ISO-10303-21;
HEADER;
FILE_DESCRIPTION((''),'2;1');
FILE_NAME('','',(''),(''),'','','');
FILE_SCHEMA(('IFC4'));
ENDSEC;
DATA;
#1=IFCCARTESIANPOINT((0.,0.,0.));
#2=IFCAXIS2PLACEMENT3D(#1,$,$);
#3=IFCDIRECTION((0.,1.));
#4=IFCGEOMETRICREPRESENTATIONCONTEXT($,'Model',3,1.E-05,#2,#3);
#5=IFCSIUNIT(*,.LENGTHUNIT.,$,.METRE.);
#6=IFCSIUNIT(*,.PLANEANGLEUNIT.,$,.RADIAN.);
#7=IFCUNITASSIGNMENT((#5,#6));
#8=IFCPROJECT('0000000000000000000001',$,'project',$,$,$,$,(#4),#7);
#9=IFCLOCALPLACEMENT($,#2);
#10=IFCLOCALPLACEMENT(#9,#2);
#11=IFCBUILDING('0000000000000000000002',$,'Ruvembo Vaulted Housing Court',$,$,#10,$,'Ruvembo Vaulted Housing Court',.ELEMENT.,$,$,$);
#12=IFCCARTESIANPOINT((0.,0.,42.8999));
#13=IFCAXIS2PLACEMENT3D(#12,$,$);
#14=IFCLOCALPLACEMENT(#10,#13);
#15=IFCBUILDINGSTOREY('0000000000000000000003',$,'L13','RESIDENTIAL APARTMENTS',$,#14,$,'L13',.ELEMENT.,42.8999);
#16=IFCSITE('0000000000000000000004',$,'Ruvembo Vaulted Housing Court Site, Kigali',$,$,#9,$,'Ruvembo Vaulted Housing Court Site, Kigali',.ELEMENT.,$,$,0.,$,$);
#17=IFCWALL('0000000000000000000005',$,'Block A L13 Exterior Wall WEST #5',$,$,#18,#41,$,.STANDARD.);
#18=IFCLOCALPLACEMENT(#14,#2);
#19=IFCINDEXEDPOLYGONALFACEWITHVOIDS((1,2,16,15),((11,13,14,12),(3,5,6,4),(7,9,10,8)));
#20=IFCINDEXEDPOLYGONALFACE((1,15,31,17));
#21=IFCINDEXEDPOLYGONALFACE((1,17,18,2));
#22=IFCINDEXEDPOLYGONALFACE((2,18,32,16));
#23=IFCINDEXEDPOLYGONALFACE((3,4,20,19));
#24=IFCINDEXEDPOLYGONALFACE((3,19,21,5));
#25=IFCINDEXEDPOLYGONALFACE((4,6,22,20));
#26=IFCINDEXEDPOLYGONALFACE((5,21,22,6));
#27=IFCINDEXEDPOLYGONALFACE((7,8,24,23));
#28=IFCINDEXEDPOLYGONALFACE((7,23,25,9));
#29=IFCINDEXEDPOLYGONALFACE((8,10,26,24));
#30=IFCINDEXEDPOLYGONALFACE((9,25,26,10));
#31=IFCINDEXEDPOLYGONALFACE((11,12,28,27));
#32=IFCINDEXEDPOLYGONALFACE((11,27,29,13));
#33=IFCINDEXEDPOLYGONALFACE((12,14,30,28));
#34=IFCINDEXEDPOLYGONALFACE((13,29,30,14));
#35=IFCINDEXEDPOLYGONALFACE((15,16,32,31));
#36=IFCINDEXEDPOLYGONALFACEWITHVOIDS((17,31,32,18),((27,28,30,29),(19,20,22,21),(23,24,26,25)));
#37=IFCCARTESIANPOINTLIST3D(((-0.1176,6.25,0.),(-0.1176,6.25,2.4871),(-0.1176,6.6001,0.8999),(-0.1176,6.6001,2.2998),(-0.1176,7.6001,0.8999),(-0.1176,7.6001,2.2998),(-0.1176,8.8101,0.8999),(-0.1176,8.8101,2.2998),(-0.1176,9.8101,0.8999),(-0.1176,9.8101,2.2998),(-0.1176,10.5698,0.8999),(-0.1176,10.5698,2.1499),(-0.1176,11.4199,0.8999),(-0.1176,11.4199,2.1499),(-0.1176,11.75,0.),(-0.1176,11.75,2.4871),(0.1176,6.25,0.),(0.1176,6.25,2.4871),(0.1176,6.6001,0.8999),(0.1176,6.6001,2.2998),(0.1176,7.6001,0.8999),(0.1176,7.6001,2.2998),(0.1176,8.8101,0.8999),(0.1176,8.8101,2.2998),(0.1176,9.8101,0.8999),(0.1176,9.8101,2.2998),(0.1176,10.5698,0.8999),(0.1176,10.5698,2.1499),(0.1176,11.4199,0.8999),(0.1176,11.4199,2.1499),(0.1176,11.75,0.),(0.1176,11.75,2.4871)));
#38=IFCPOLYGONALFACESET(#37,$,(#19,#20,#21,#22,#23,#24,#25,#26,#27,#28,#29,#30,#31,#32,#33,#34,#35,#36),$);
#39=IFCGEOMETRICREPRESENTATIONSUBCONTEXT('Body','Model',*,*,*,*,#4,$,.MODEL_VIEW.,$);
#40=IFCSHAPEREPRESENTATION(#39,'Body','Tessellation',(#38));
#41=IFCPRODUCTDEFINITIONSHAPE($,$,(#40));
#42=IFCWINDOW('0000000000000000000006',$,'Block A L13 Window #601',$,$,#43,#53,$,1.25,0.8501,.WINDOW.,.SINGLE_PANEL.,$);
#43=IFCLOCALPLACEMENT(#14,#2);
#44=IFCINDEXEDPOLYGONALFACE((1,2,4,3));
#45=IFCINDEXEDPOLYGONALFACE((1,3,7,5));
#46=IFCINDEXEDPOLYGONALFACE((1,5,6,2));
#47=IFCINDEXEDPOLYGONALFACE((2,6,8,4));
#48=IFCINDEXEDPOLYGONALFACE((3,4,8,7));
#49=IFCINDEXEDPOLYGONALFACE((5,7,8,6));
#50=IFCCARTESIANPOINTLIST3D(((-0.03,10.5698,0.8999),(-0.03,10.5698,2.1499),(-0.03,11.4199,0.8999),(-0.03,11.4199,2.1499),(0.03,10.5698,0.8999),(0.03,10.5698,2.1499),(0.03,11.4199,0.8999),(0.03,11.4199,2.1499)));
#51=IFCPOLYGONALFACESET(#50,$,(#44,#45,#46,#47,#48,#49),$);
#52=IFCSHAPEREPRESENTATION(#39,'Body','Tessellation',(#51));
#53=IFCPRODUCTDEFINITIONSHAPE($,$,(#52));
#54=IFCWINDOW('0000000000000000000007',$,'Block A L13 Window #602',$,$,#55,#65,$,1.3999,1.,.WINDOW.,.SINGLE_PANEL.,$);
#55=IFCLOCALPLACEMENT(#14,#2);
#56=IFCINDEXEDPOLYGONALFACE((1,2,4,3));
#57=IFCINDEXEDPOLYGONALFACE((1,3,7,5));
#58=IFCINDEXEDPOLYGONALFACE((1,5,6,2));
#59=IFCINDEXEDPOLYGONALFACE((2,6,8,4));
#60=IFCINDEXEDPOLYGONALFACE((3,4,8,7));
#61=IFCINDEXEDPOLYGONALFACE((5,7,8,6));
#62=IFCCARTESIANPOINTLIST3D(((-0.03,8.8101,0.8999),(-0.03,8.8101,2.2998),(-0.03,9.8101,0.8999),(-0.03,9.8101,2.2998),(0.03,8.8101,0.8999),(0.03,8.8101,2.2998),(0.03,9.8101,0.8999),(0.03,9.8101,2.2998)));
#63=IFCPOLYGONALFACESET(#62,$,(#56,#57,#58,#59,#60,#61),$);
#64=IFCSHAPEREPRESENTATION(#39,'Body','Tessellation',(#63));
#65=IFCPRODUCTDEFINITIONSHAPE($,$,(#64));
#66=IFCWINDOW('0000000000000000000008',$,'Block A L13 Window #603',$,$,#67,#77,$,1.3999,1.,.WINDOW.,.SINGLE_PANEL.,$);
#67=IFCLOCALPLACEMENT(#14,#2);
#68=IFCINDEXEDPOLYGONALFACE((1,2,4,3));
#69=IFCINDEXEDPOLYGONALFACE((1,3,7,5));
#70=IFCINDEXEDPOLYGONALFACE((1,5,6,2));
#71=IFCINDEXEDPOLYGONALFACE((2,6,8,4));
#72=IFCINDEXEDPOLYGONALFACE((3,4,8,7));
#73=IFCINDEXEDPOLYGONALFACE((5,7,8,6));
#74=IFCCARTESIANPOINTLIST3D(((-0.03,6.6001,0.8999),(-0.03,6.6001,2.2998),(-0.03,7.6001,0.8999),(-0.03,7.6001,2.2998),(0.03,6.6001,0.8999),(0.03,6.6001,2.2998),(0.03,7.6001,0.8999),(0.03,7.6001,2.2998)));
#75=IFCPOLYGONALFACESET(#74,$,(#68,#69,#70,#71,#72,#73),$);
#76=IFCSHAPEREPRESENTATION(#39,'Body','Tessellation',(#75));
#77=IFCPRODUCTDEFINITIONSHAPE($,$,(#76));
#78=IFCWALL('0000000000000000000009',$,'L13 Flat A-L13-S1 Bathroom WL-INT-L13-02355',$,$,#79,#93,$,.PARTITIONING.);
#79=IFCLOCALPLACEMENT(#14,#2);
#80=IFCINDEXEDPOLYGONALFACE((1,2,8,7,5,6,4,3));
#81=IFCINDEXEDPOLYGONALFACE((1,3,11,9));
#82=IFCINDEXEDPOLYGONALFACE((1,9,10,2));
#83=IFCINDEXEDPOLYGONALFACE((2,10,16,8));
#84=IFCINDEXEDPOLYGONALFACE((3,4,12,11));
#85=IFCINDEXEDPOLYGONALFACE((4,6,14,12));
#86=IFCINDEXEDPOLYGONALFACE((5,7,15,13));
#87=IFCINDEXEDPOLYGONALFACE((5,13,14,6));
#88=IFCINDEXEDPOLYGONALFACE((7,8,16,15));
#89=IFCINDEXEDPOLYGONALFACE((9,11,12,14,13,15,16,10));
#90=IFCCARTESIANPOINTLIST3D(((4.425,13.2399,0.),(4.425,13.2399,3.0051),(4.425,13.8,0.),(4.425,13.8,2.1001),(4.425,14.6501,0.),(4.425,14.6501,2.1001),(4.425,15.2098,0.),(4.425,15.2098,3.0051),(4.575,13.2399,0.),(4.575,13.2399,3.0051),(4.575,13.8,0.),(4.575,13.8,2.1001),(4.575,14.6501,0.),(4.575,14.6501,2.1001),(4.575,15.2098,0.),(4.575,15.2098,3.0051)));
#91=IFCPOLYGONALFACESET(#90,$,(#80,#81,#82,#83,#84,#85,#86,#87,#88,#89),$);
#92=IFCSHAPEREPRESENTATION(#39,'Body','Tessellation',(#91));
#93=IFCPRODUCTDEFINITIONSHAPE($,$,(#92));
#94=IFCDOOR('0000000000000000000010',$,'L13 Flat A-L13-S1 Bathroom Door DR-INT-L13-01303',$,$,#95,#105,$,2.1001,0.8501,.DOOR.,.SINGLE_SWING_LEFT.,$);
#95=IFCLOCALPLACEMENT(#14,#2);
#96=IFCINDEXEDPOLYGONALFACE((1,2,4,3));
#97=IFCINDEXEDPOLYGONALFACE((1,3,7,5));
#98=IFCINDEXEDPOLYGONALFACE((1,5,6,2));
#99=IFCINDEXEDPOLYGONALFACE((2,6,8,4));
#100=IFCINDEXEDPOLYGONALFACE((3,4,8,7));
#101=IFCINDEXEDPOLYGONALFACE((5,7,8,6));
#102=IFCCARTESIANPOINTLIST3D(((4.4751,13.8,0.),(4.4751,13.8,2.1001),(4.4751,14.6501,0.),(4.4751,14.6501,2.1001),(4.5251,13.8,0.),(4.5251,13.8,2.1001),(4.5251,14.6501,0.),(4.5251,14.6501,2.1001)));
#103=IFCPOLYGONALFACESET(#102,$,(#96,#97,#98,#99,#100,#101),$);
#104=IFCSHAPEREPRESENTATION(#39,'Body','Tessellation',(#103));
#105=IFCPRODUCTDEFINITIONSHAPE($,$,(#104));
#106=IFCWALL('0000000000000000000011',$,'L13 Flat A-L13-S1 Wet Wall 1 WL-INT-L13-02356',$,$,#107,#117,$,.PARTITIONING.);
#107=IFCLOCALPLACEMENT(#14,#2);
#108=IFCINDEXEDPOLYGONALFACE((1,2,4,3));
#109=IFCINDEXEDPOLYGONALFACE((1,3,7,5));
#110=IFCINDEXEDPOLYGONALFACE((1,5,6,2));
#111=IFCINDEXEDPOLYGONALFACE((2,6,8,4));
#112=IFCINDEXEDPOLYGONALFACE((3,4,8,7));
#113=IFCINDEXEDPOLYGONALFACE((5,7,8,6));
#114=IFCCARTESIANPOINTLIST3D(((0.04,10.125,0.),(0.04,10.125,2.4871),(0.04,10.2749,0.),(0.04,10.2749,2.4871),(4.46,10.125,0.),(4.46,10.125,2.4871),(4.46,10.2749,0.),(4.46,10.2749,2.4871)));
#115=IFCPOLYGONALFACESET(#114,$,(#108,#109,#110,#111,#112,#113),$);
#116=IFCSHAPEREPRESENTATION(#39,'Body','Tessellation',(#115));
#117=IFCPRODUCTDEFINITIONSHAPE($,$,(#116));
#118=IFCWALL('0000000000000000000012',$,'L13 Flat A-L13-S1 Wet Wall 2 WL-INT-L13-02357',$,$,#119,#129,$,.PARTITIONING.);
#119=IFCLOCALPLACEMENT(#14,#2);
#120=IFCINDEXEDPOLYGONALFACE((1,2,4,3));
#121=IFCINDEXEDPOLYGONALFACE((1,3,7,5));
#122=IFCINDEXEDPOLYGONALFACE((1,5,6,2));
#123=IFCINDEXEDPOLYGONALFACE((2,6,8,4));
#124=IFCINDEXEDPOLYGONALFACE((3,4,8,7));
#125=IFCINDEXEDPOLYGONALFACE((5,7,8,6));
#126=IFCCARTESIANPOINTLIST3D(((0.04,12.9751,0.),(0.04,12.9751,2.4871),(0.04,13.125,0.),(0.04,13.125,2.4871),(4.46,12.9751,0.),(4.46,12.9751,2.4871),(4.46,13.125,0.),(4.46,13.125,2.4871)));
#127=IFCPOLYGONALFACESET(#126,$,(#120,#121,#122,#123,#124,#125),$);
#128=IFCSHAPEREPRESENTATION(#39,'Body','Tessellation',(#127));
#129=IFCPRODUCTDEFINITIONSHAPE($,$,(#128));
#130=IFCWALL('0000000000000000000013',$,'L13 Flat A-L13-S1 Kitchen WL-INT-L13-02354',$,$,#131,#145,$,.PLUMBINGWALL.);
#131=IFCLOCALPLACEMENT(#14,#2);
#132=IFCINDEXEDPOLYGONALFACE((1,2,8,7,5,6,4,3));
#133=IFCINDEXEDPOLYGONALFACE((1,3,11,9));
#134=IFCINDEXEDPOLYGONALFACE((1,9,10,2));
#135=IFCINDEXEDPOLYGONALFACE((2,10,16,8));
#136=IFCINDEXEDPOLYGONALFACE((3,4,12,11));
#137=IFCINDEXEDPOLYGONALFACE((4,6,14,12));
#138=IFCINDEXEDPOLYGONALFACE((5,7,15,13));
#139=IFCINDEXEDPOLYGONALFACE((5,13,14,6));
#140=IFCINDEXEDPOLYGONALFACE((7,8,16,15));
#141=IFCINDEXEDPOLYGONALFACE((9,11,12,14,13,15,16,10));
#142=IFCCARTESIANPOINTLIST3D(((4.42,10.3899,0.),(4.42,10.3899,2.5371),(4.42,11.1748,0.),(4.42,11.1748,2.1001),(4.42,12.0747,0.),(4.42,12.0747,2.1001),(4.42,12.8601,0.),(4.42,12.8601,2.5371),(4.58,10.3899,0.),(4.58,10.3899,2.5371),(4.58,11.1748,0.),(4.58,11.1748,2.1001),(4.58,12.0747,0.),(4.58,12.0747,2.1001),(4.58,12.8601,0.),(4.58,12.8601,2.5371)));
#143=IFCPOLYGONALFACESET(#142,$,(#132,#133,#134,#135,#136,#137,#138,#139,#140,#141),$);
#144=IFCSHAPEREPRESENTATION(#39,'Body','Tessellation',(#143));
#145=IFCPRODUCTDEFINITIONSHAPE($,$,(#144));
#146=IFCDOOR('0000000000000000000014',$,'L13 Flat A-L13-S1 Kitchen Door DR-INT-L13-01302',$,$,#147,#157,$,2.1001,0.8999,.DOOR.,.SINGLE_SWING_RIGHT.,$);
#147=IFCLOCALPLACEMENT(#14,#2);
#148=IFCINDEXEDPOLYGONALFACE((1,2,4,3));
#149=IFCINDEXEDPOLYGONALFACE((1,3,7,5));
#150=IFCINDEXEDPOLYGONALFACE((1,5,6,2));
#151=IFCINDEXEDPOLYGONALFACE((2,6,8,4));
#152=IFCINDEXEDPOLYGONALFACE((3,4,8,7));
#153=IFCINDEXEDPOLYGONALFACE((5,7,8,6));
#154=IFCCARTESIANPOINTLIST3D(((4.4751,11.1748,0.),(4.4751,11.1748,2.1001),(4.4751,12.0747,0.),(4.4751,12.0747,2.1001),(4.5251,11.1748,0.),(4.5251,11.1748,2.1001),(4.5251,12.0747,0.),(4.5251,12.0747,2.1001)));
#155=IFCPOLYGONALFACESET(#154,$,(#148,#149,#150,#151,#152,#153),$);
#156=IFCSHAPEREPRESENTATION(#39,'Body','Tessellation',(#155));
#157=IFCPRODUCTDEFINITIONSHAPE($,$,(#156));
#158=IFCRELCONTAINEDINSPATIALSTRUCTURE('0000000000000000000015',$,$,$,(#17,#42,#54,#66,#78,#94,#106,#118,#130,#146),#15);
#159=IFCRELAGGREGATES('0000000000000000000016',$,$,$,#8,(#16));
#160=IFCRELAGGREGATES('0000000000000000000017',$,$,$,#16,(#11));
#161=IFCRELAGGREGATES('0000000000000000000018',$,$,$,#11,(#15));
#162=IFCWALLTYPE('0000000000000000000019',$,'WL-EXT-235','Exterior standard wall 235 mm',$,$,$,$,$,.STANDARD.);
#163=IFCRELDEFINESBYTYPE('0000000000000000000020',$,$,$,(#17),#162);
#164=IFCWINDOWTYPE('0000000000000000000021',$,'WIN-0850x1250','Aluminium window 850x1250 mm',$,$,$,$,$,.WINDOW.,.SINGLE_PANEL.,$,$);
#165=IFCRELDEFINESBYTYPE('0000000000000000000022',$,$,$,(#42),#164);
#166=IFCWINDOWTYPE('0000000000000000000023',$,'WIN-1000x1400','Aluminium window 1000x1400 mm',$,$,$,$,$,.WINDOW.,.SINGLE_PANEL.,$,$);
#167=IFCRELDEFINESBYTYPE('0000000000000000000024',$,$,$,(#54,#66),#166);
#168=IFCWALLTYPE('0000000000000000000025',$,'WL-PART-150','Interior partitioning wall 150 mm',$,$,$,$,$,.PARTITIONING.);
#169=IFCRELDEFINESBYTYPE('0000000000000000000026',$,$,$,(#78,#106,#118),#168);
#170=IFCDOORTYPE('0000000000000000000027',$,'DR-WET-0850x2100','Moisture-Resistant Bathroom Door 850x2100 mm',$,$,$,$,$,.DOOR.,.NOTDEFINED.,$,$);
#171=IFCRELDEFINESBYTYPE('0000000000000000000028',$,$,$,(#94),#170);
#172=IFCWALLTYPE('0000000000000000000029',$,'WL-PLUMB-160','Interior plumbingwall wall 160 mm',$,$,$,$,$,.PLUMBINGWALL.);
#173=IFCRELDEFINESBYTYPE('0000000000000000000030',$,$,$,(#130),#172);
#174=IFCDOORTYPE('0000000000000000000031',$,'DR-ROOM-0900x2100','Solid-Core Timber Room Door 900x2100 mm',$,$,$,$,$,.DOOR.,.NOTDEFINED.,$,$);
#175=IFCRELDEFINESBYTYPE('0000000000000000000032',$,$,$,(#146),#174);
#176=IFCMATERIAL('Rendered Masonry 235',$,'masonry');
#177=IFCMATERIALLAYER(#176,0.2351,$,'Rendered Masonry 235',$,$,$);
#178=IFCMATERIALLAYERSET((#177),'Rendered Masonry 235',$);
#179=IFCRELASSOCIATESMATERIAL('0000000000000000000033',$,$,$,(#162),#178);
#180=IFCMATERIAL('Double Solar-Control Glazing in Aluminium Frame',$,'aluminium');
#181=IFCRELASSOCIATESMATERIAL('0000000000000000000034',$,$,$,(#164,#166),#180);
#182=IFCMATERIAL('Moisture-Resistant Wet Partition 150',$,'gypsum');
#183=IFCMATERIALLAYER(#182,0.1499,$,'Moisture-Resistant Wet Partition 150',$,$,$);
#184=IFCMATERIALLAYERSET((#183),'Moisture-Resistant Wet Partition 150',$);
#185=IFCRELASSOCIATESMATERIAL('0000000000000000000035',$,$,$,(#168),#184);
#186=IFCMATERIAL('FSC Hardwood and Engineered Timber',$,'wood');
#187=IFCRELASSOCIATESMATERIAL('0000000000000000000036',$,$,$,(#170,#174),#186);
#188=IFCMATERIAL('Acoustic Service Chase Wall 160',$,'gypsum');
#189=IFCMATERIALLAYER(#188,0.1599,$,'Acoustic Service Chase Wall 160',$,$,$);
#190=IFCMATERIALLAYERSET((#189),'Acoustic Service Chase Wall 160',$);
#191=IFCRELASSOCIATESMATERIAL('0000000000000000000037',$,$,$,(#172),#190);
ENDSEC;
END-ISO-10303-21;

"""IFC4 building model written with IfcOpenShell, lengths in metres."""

from ifc_helpers import new_model, si_unit, direction, frame, frame_2d, origin, place, context, subcontext, project, spatial, rectangle, extrude, material, layer, layer_set, type_object, element, fill, save


model = new_model("IFC4")

# Units and contexts
model_context = context("Model", 3, precision=1e-05, world=origin(), true_north=direction((0.0, 1.0)))
body_context = subcontext(model_context, "Body", "Model", "MODEL_VIEW")
ifc_project = project(units=[si_unit("LENGTHUNIT", "METRE"), si_unit("PLANEANGLEUNIT", "RADIAN")], contexts=[model_context])

# Site, building, storey
site_placement = place(None, origin())
site = spatial("IfcSite", under=ifc_project, at=site_placement, Name="Ruvembo Vaulted Housing Court Site, Kigali", LongName="Ruvembo Vaulted Housing Court Site, Kigali", CompositionType="ELEMENT", RefElevation=0.0)
building_placement = place(site_placement, origin())
building = spatial("IfcBuilding", under=site, at=building_placement, Name="Ruvembo Vaulted Housing Court", LongName="Ruvembo Vaulted Housing Court", CompositionType="ELEMENT")
storey_placement = place(building_placement, frame((0.0, 0.0, 42.8999)))
storey = spatial("IfcBuildingStorey", under=building, at=storey_placement, Name="L13", Description="RESIDENTIAL APARTMENTS", LongName="L13", CompositionType="ELEMENT", Elevation=42.8999)

# Shared definitions
ifc_material_1 = material(Name="FSC Hardwood and Engineered Timber", Category="wood")

# Wall, openings, windows
ifc_material_2 = material(Name="Rendered Masonry 235", Category="masonry")
ifc_layer_1 = layer(ifc_material_2, 0.2351, Name="Rendered Masonry 235")
ifc_layer_set_1 = layer_set([ifc_layer_1], Name="Rendered Masonry 235")
wall_type_1 = type_object("IfcWallType", Name="WL-EXT-235", Description="Exterior standard wall 235 mm", PredefinedType="STANDARD", material=ifc_layer_set_1)
ifc_material_3 = material(Name="Double Solar-Control Glazing in Aluminium Frame", Category="aluminium")
wall_1_placement = place(storey_placement, frame((0.0, 11.75, 0.0), z_axis=(0.0, 0.0, 1.0), x_axis=(0.0, -1.0, 0.0)))
wall_1 = element("IfcWall", 1, at=wall_1_placement, inside=storey, type_object=wall_type_1, Name="Block A L13 Exterior Wall WEST #5", PredefinedType="STANDARD", context=body_context, shape_type="SweptSolid", body=[
    extrude(rectangle(XDim=5.5, YDim=0.2351, at=frame_2d((2.75, 0.0))), origin(), (0.0, 0.0, 1.0), 2.4871),
])
opening_1_placement = place(wall_1_placement, frame((0.3301, 0.0, 0.8999)))
opening_1 = element("IfcOpeningElement", 2, at=opening_1_placement, cuts=wall_1, PredefinedType="OPENING", context=body_context, shape_type="SweptSolid", body=[
    extrude(rectangle(XDim=0.8501, YDim=1.25, at=frame_2d((0.425, 0.625))), frame((0.0, 0.1274, 0.0), z_axis=(0.0, -1.0, 0.0), x_axis=(1.0, 0.0, 0.0)), (0.0, 0.0, 1.0), 0.2551),
])
opening_2_placement = place(wall_1_placement, frame((1.9399, 0.0, 0.8999)))
opening_2 = element("IfcOpeningElement", 3, at=opening_2_placement, cuts=wall_1, PredefinedType="OPENING", context=body_context, shape_type="SweptSolid", body=[
    extrude(rectangle(XDim=1.0, YDim=1.3999, at=frame_2d((0.5, 0.7))), frame((0.0, 0.1274, 0.0), z_axis=(0.0, -1.0, 0.0), x_axis=(1.0, 0.0, 0.0)), (0.0, 0.0, 1.0), 0.2551),
])
opening_3_placement = place(wall_1_placement, frame((4.1499, 0.0, 0.8999)))
opening_3 = element("IfcOpeningElement", 4, at=opening_3_placement, cuts=wall_1, PredefinedType="OPENING", context=body_context, shape_type="SweptSolid", body=[
    extrude(rectangle(XDim=1.0, YDim=1.3999, at=frame_2d((0.5, 0.7))), frame((0.0, 0.1274, 0.0), z_axis=(0.0, -1.0, 0.0), x_axis=(1.0, 0.0, 0.0)), (0.0, 0.0, 1.0), 0.2551),
])
window_type_1 = type_object("IfcWindowType", Name="WIN-0850x1250", Description="Aluminium window 850x1250 mm", PartitioningType="SINGLE_PANEL", PredefinedType="WINDOW", material=ifc_material_3)
window_1_placement = place(opening_1_placement, origin())
window_1 = element("IfcWindow", 5, at=window_1_placement, inside=storey, type_object=window_type_1, Name="Block A L13 Window #601", OverallHeight=1.25, OverallWidth=0.8501, PartitioningType="SINGLE_PANEL", PredefinedType="WINDOW", context=body_context, shape_type="SweptSolid", body=[
    extrude(rectangle(XDim=0.8501, YDim=1.25, at=frame_2d((0.425, 0.625))), frame((0.0, 0.03, 0.0), z_axis=(0.0, -1.0, 0.0), x_axis=(1.0, 0.0, 0.0)), (0.0, 0.0, 1.0), 0.0601),
])
fill(opening_1, window_1)
window_type_2 = type_object("IfcWindowType", Name="WIN-1000x1400", Description="Aluminium window 1000x1400 mm", PartitioningType="SINGLE_PANEL", PredefinedType="WINDOW", material=ifc_material_3)
window_2_placement = place(opening_2_placement, origin())
window_2 = element("IfcWindow", 6, at=window_2_placement, inside=storey, type_object=window_type_2, Name="Block A L13 Window #602", OverallHeight=1.3999, OverallWidth=1.0, PartitioningType="SINGLE_PANEL", PredefinedType="WINDOW", context=body_context, shape_type="SweptSolid", body=[
    extrude(rectangle(XDim=1.0, YDim=1.3999, at=frame_2d((0.5, 0.7))), frame((0.0, 0.03, 0.0), z_axis=(0.0, -1.0, 0.0), x_axis=(1.0, 0.0, 0.0)), (0.0, 0.0, 1.0), 0.0601),
])
fill(opening_2, window_2)
window_3_placement = place(opening_3_placement, origin())
window_3 = element("IfcWindow", 7, at=window_3_placement, inside=storey, type_object=window_type_2, Name="Block A L13 Window #603", OverallHeight=1.3999, OverallWidth=1.0, PartitioningType="SINGLE_PANEL", PredefinedType="WINDOW", context=body_context, shape_type="SweptSolid", body=[
    extrude(rectangle(XDim=1.0, YDim=1.3999, at=frame_2d((0.5, 0.7))), frame((0.0, 0.03, 0.0), z_axis=(0.0, -1.0, 0.0), x_axis=(1.0, 0.0, 0.0)), (0.0, 0.0, 1.0), 0.0601),
])
fill(opening_3, window_3)

# Wall, opening, door
ifc_material_4 = material(Name="Moisture-Resistant Wet Partition 150", Category="gypsum")
ifc_layer_2 = layer(ifc_material_4, 0.1499, Name="Moisture-Resistant Wet Partition 150")
ifc_layer_set_2 = layer_set([ifc_layer_2], Name="Moisture-Resistant Wet Partition 150")
wall_type_2 = type_object("IfcWallType", Name="WL-PART-150", Description="Interior partitioning wall 150 mm", PredefinedType="PARTITIONING", material=ifc_layer_set_2)
wall_2_placement = place(storey_placement, frame((4.5, 13.24, 0.0), z_axis=(0.0, 0.0, 1.0), x_axis=(0.0, 1.0, 0.0)))
wall_2 = element("IfcWall", 8, at=wall_2_placement, inside=storey, type_object=wall_type_2, Name="L13 Flat A-L13-S1 Bathroom WL-INT-L13-02355", PredefinedType="PARTITIONING", context=body_context, shape_type="SweptSolid", body=[
    extrude(rectangle(XDim=1.97, YDim=0.1499, at=frame_2d((0.9849, 0.0))), origin(), (0.0, 0.0, 1.0), 3.0051),
])
opening_4_placement = place(wall_2_placement, frame((0.5601, 0.0, 0.0)))
opening_4 = element("IfcOpeningElement", 9, at=opening_4_placement, cuts=wall_2, PredefinedType="OPENING", context=body_context, shape_type="SweptSolid", body=[
    extrude(rectangle(XDim=0.8501, YDim=2.1001, at=frame_2d((0.425, 1.05))), frame((0.0, 0.085, 0.0), z_axis=(0.0, -1.0, 0.0), x_axis=(1.0, 0.0, 0.0)), (0.0, 0.0, 1.0), 0.1699),
])
door_type_1 = type_object("IfcDoorType", Name="DR-WET-0850x2100", Description="Moisture-Resistant Bathroom Door 850x2100 mm", OperationType="NOTDEFINED", PredefinedType="DOOR", material=ifc_material_1)
door_1_placement = place(opening_4_placement, origin())
door_1 = element("IfcDoor", 10, at=door_1_placement, inside=storey, type_object=door_type_1, Name="L13 Flat A-L13-S1 Bathroom Door DR-INT-L13-01303", OperationType="SINGLE_SWING_LEFT", OverallHeight=2.1001, OverallWidth=0.8501, PredefinedType="DOOR", context=body_context, shape_type="SweptSolid", body=[
    extrude(rectangle(XDim=0.8501, YDim=2.1001, at=frame_2d((0.425, 1.05))), frame((0.0, 0.0249, 0.0), z_axis=(0.0, -1.0, 0.0), x_axis=(1.0, 0.0, 0.0)), (0.0, 0.0, 1.0), 0.05),
])
fill(opening_4, door_1)

# Walls
for number, where, z_axis, x_axis, name in (
    (11, (0.04, 10.2, 0.0), (0.0, 0.0, 1.0), (1.0, 0.0, 0.0), "L13 Flat A-L13-S1 Wet Wall 1 WL-INT-L13-02356"),
    (12, (0.04, 13.05, 0.0), (0.0, 0.0, 1.0), (1.0, 0.0, 0.0), "L13 Flat A-L13-S1 Wet Wall 2 WL-INT-L13-02357"),
):
    element("IfcWall", number, at=place(storey_placement, frame(where, z_axis=z_axis, x_axis=x_axis)), inside=storey, type_object=wall_type_2, Name=name, PredefinedType="PARTITIONING", context=body_context, shape_type="SweptSolid", body=[
        extrude(rectangle(XDim=4.4199, YDim=0.1499, at=frame_2d((2.21, 0.0))), origin(), (0.0, 0.0, 1.0), 2.4871),
    ])

# Wall, opening, door
ifc_material_5 = material(Name="Acoustic Service Chase Wall 160", Category="gypsum")
ifc_layer_3 = layer(ifc_material_5, 0.1599, Name="Acoustic Service Chase Wall 160")
ifc_layer_set_3 = layer_set([ifc_layer_3], Name="Acoustic Service Chase Wall 160")
wall_type_3 = type_object("IfcWallType", Name="WL-PLUMB-160", Description="Interior plumbingwall wall 160 mm", PredefinedType="PLUMBINGWALL", material=ifc_layer_set_3)
wall_3_placement = place(storey_placement, frame((4.5, 10.3899, 0.0), z_axis=(0.0, 0.0, 1.0), x_axis=(0.0, 1.0, 0.0)))
wall_3 = element("IfcWall", 13, at=wall_3_placement, inside=storey, type_object=wall_type_3, Name="L13 Flat A-L13-S1 Kitchen WL-INT-L13-02354", PredefinedType="PLUMBINGWALL", context=body_context, shape_type="SweptSolid", body=[
    extrude(rectangle(XDim=2.4702, YDim=0.1599, at=frame_2d((1.2351, 0.0))), origin(), (0.0, 0.0, 1.0), 2.5371),
])
opening_5_placement = place(wall_3_placement, frame((0.7849, 0.0, 0.0)))
opening_5 = element("IfcOpeningElement", 14, at=opening_5_placement, cuts=wall_3, PredefinedType="OPENING", context=body_context, shape_type="SweptSolid", body=[
    extrude(rectangle(XDim=0.8999, YDim=2.1001, at=frame_2d((0.45, 1.05))), frame((0.0, 0.0898, 0.0), z_axis=(0.0, -1.0, 0.0), x_axis=(1.0, 0.0, 0.0)), (0.0, 0.0, 1.0), 0.1799),
])
door_type_2 = type_object("IfcDoorType", Name="DR-ROOM-0900x2100", Description="Solid-Core Timber Room Door 900x2100 mm", OperationType="NOTDEFINED", PredefinedType="DOOR", material=ifc_material_1)
door_2_placement = place(opening_5_placement, origin())
door_2 = element("IfcDoor", 15, at=door_2_placement, inside=storey, type_object=door_type_2, Name="L13 Flat A-L13-S1 Kitchen Door DR-INT-L13-01302", OperationType="SINGLE_SWING_RIGHT", OverallHeight=2.1001, OverallWidth=0.8999, PredefinedType="DOOR", context=body_context, shape_type="SweptSolid", body=[
    extrude(rectangle(XDim=0.8999, YDim=2.1001, at=frame_2d((0.45, 1.05))), frame((0.0, 0.0249, 0.0), z_axis=(0.0, -1.0, 0.0), x_axis=(1.0, 0.0, 0.0)), (0.0, 0.0, 1.0), 0.05),
])
fill(opening_5, door_2)

save(model, "model.ifc")
